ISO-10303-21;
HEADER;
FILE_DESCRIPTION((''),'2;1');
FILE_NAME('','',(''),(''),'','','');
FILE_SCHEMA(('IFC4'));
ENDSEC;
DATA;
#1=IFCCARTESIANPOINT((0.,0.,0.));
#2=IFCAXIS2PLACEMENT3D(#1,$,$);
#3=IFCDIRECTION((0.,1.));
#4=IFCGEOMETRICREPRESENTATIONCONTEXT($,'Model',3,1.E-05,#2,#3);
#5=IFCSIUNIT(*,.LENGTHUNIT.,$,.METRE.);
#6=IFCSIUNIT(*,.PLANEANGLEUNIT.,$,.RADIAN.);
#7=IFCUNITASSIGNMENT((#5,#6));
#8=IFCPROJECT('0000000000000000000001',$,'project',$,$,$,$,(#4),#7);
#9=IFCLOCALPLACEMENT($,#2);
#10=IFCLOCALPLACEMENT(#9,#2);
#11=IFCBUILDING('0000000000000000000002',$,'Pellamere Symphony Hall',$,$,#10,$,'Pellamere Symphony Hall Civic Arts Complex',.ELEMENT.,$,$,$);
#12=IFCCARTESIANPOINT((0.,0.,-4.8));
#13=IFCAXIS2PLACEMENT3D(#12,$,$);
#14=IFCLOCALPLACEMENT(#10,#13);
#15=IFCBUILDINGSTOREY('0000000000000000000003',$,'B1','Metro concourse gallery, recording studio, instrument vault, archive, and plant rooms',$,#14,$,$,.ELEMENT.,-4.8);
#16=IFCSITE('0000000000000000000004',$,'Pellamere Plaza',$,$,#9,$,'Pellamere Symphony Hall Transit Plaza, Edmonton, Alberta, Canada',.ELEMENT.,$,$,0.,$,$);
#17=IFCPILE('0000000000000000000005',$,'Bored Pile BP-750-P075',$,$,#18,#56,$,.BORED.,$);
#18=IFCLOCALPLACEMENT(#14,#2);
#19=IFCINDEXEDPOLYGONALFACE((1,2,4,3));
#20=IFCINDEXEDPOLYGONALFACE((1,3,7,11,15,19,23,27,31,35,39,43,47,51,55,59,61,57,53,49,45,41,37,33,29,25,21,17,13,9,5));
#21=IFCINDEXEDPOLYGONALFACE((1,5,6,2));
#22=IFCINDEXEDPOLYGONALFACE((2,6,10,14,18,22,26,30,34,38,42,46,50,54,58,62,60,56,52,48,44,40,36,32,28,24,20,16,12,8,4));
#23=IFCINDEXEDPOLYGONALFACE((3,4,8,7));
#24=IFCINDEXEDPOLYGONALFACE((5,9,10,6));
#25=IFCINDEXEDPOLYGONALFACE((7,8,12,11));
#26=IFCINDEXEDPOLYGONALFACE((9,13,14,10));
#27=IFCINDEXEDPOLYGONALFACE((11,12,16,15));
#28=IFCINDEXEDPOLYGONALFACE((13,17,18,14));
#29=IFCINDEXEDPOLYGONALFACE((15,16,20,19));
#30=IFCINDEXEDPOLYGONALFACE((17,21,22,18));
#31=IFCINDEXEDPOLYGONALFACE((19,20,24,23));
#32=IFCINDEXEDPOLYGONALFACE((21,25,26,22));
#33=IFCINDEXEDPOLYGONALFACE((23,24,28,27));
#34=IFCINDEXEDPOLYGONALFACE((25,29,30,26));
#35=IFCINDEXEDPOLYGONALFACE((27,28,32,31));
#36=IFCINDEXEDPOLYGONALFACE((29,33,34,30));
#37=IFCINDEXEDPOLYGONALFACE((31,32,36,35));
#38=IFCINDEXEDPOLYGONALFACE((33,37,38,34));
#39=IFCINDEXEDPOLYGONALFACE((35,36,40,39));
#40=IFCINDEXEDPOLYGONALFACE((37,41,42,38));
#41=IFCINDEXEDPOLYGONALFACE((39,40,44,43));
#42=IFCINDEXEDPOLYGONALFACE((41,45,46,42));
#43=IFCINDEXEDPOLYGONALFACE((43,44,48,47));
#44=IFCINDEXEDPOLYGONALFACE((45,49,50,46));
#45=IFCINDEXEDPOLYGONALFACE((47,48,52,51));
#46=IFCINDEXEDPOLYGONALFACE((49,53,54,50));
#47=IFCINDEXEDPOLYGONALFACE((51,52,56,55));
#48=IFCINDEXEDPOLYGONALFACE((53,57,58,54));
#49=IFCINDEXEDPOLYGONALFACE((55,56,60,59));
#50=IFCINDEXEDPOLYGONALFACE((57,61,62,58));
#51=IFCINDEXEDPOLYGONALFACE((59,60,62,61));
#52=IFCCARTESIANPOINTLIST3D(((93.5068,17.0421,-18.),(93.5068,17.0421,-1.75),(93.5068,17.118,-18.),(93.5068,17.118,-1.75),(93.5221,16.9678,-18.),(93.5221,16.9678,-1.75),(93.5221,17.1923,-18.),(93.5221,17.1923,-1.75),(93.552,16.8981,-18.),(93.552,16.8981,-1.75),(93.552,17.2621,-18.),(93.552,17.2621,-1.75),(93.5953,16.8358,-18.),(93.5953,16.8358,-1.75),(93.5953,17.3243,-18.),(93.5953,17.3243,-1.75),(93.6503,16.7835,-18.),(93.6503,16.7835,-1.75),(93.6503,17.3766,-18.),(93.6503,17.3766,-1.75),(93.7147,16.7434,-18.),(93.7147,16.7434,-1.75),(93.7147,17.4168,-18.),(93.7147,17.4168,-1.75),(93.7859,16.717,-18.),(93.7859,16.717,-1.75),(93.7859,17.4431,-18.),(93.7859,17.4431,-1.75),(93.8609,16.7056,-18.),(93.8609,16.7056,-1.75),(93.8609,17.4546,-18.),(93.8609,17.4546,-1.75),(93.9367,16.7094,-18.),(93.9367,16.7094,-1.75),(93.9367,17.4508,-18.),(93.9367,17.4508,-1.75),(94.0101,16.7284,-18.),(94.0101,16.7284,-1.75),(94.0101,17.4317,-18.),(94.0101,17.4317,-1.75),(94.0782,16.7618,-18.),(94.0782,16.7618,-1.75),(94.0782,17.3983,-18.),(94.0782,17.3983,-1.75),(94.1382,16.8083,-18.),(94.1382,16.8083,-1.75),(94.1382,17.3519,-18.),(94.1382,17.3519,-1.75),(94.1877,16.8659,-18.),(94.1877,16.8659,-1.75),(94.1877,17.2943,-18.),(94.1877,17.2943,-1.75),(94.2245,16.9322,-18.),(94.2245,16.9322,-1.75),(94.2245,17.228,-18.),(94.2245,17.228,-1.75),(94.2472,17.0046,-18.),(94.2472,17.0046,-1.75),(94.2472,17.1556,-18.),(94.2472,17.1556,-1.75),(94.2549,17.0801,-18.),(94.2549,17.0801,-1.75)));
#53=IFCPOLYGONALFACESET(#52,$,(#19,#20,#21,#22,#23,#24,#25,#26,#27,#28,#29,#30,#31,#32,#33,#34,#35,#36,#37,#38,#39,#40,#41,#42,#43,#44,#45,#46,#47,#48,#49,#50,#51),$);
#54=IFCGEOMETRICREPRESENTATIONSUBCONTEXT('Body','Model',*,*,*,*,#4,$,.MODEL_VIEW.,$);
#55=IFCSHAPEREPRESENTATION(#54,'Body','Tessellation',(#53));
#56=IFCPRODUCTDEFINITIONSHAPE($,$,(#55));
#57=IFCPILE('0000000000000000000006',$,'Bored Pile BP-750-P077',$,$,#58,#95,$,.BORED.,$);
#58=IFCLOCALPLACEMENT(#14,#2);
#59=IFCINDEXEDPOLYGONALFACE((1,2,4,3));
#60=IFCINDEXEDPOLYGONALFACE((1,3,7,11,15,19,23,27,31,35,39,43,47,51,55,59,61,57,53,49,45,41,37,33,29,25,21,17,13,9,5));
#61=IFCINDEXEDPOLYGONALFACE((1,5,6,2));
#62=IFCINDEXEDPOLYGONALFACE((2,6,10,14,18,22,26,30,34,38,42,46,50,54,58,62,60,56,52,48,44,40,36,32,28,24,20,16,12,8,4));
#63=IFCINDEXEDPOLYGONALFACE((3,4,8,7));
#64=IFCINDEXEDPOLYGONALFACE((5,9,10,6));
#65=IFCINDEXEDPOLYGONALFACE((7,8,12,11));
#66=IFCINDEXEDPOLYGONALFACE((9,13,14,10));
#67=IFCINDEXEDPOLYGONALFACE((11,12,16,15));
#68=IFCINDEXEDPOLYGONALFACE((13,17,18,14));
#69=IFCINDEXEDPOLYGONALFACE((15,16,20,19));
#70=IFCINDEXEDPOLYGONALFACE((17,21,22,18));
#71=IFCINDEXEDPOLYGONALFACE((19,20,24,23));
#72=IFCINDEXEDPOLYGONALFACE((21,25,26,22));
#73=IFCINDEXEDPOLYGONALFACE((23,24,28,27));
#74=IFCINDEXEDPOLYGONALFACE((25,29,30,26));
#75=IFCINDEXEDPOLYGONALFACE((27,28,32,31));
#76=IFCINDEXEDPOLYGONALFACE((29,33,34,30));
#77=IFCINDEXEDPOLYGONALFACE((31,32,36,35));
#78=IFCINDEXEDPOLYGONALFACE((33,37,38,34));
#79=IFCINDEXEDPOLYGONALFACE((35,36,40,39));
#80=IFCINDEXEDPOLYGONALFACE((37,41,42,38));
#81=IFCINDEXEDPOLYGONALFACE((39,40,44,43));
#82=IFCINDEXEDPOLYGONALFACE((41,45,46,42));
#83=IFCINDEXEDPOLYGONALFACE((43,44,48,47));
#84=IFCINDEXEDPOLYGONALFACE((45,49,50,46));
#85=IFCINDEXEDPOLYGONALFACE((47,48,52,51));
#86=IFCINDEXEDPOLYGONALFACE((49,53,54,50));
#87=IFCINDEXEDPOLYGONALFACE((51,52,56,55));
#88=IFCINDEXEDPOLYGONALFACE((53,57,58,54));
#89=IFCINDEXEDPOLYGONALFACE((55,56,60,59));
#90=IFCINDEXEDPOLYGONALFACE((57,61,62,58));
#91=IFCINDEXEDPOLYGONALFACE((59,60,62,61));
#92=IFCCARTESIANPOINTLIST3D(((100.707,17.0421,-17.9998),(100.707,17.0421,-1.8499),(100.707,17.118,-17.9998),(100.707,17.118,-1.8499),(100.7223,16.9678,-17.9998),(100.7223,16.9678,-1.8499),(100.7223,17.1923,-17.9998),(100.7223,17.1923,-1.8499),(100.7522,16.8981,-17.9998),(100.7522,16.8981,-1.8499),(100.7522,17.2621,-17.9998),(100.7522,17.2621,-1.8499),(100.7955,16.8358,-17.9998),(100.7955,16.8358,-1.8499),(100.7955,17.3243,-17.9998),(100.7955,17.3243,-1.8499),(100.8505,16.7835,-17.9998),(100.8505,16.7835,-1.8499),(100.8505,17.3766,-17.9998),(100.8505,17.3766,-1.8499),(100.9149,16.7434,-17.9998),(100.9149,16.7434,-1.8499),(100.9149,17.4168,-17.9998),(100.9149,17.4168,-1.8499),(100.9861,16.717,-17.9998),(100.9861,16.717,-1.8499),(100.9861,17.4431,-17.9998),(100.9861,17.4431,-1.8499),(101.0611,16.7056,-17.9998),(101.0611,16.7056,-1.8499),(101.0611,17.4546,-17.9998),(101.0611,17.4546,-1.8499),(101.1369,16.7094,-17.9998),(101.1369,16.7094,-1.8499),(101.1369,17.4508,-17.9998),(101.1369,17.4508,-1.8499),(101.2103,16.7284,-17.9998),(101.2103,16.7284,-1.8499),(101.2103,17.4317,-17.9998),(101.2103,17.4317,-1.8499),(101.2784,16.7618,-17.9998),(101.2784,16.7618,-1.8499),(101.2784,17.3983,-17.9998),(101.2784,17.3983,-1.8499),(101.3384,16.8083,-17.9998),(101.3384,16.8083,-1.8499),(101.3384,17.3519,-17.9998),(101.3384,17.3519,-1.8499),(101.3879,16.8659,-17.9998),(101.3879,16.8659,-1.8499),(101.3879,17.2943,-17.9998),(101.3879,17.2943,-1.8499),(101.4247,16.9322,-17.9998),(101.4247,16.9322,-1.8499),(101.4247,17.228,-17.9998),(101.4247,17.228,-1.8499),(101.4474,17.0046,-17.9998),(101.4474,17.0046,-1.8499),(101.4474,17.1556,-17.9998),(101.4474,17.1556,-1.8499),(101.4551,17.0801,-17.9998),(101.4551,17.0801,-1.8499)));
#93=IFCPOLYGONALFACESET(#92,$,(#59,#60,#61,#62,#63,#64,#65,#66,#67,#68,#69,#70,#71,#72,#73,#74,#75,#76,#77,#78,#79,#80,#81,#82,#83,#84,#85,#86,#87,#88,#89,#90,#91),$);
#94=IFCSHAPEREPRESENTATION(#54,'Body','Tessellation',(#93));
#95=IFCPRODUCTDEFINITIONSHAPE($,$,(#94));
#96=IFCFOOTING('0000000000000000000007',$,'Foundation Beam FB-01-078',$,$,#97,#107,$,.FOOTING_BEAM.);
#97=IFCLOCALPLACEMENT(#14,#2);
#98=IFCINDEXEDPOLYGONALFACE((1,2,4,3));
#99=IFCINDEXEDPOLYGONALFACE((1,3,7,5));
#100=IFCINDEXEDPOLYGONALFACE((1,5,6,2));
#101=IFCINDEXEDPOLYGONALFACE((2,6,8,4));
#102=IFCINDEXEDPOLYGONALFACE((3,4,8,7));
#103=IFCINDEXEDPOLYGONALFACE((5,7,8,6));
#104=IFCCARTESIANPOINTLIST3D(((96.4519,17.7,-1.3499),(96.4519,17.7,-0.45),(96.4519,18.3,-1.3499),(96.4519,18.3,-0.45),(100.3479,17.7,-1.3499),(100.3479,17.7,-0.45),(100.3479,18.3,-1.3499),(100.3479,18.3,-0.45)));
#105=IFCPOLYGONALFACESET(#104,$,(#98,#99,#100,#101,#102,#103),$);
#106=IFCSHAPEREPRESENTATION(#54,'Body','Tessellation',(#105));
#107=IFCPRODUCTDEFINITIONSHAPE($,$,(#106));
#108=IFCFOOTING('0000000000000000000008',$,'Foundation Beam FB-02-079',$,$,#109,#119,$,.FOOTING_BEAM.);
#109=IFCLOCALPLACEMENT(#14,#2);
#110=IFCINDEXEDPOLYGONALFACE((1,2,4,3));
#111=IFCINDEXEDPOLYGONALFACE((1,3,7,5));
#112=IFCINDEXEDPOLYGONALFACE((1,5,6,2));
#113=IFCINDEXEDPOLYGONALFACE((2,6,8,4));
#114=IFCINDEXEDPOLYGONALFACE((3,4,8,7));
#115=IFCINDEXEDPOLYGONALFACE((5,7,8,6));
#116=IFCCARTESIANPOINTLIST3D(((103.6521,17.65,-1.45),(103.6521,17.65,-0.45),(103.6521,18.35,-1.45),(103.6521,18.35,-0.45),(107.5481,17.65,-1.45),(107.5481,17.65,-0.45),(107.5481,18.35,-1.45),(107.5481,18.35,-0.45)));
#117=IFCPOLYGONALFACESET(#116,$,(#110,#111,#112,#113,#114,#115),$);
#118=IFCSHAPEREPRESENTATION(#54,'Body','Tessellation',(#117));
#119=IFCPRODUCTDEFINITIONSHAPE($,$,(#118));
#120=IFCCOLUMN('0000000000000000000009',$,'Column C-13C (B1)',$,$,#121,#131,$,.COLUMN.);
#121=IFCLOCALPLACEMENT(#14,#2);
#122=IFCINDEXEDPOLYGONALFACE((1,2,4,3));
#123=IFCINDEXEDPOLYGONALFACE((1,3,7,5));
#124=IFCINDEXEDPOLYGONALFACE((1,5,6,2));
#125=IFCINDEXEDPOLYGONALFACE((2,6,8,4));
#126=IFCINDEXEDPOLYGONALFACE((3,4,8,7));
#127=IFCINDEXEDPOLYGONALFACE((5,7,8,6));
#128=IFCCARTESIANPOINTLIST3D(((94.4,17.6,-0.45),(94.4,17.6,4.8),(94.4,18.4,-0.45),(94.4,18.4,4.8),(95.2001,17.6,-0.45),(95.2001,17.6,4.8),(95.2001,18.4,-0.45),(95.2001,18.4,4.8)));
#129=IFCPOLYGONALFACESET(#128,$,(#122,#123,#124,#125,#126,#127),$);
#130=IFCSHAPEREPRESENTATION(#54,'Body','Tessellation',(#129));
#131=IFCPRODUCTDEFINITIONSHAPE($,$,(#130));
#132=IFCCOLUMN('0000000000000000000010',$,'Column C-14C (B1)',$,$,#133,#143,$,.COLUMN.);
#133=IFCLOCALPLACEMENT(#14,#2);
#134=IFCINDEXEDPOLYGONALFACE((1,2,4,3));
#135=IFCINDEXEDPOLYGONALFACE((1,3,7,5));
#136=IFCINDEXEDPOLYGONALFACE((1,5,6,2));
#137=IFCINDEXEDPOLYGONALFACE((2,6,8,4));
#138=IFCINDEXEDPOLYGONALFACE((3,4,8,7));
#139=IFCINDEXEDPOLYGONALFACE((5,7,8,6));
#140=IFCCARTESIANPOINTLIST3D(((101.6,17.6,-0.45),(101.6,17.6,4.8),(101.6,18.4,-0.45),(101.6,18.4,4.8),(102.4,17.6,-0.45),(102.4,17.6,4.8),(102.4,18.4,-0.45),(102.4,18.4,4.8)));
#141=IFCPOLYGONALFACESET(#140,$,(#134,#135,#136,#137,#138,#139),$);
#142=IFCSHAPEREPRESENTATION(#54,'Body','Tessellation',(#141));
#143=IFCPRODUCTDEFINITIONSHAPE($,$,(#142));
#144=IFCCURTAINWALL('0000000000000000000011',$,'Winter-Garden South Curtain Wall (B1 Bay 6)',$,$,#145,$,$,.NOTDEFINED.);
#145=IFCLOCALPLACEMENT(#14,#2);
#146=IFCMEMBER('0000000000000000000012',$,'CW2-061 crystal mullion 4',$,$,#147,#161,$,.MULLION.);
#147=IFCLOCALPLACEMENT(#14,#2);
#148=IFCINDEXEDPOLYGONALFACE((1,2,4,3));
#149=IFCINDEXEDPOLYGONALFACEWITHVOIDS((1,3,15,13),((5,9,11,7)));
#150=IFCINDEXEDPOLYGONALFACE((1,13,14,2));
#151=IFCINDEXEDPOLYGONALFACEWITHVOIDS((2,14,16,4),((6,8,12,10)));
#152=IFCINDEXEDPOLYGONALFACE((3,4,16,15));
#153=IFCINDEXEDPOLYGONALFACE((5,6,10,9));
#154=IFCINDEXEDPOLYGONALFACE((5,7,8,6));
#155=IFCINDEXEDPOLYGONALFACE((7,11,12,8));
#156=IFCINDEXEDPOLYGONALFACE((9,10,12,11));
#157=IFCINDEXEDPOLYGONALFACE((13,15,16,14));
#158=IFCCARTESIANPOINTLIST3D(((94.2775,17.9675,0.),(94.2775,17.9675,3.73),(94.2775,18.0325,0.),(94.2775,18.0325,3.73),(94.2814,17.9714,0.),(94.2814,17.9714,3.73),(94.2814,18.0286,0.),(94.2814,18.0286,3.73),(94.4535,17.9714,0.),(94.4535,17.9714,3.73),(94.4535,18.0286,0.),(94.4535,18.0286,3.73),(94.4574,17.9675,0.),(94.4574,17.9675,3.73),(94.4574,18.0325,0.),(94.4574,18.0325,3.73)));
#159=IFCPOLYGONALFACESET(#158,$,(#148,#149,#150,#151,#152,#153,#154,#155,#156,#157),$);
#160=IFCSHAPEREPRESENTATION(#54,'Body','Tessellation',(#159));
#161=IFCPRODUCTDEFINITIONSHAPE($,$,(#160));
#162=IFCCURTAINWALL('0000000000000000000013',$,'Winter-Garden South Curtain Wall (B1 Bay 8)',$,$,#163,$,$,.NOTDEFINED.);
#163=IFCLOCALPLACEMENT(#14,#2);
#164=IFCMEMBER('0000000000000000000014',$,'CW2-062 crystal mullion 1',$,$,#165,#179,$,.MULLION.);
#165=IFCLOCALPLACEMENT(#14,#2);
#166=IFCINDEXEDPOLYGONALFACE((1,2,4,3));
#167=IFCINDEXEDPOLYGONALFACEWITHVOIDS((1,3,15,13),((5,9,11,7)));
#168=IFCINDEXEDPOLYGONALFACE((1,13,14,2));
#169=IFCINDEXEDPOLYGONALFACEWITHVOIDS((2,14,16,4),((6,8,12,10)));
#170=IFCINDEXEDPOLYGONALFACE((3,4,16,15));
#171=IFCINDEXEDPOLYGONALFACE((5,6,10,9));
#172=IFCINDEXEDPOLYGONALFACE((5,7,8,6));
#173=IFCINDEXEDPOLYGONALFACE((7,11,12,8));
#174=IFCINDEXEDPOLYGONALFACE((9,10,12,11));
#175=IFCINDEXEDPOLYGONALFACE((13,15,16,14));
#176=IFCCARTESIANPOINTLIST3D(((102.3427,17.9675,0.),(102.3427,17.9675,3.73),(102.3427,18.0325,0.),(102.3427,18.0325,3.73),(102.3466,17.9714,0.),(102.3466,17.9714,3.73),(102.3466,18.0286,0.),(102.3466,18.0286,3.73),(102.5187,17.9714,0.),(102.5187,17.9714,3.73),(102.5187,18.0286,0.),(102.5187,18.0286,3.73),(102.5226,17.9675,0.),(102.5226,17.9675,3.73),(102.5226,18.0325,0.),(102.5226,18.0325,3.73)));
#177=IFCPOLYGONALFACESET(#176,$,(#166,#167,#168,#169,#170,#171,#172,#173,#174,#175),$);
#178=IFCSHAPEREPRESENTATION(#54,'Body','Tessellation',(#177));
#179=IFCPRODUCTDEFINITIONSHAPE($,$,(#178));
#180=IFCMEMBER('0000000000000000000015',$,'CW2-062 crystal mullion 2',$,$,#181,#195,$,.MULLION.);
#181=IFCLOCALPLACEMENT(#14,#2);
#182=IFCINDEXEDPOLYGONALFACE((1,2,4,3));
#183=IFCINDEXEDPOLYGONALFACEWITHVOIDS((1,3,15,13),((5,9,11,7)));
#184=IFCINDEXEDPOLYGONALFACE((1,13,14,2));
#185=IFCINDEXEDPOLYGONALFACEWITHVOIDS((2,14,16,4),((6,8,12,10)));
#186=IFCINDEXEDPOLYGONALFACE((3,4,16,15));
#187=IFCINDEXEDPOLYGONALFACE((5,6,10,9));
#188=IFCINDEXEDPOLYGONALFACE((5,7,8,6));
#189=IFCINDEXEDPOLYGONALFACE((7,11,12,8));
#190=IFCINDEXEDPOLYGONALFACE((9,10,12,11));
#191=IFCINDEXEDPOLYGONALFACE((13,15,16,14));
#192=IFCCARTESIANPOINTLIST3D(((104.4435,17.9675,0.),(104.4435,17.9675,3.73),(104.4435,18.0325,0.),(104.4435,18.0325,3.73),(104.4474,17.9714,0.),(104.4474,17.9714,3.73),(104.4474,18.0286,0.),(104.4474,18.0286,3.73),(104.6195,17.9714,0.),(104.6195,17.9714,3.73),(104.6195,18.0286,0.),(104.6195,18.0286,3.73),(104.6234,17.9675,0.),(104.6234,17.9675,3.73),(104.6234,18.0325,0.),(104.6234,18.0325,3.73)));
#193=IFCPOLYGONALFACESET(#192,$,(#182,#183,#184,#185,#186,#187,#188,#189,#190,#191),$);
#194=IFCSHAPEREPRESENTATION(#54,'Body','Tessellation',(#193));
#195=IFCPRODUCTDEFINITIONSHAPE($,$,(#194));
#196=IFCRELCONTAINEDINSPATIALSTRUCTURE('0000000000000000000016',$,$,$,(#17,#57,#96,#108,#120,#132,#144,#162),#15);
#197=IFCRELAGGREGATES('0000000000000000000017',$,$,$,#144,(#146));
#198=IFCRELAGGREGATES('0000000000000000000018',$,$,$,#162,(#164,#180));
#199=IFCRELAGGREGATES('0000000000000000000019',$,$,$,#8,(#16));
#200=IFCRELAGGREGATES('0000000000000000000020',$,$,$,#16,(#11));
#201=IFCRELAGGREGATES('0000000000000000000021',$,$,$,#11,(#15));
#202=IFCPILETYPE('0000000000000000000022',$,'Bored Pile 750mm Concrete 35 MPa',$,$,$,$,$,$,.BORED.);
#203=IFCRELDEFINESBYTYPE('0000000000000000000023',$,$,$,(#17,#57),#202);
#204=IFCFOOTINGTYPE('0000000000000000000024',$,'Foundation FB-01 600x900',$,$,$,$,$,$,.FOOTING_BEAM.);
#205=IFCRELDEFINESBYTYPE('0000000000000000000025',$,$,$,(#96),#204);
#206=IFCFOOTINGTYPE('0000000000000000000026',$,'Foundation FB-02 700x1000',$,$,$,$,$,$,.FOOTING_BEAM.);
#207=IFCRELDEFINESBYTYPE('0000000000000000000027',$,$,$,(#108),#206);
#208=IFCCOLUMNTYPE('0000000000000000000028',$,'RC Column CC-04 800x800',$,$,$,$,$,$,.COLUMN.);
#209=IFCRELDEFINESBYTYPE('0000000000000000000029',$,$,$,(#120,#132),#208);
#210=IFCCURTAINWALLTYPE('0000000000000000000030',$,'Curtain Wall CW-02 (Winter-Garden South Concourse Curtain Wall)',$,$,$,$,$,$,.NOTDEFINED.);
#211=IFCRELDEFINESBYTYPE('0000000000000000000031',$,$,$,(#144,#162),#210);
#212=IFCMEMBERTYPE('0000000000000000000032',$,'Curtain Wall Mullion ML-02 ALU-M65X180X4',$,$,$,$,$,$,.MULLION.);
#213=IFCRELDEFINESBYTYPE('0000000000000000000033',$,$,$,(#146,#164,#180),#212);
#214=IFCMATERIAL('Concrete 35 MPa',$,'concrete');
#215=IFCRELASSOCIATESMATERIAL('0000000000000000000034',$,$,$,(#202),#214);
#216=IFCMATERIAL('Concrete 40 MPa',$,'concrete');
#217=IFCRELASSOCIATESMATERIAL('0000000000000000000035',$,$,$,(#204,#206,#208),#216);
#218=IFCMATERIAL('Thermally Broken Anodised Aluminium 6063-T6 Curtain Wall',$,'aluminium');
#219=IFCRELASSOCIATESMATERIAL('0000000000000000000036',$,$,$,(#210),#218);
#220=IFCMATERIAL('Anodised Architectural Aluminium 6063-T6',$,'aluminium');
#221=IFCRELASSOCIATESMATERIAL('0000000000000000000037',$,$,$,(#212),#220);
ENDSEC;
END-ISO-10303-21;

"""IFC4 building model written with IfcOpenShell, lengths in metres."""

from ifc_helpers import new_model, si_unit, direction, frame, origin, origin_2d, place, context, subcontext, project, spatial, rectangle, hollow_rectangle, circle, extrude, material, material_profile, profile_set, type_object, element, aggregate, save


model = new_model("IFC4")

# Units and contexts
model_context = context("Model", 3, precision=1e-05, world=origin(), true_north=direction((0.0, 1.0)))
body_context = subcontext(model_context, "Body", "Model", "MODEL_VIEW")
ifc_project = project(units=[si_unit("LENGTHUNIT", "METRE"), si_unit("PLANEANGLEUNIT", "RADIAN")], contexts=[model_context])

# Site, building, storey
site_placement = place(None, origin())
site = spatial("IfcSite", under=ifc_project, at=site_placement, Name="Pellamere Plaza", LongName="Pellamere Symphony Hall Transit Plaza, Edmonton, Alberta, Canada", CompositionType="ELEMENT", RefElevation=0.0)
building_placement = place(site_placement, origin())
building = spatial("IfcBuilding", under=site, at=building_placement, Name="Pellamere Symphony Hall", LongName="Pellamere Symphony Hall Civic Arts Complex", CompositionType="ELEMENT")
storey_placement = place(building_placement, frame((0.0, 0.0, -4.8)))
storey = spatial("IfcBuildingStorey", under=building, at=storey_placement, Name="B1", Description="Metro concourse gallery, recording studio, instrument vault, archive, and plant rooms", CompositionType="ELEMENT", Elevation=-4.8)

# Piles
ifc_material_1 = material(Name="Concrete 35 MPa", Category="concrete")
ifc_material_profile_1 = material_profile(ifc_material_1, circle(Radius=0.375, at=origin_2d()), Name="PILE D750")
ifc_profile_set_1 = profile_set([ifc_material_profile_1], Name="Concrete 35 MPa")
pile_type = type_object("IfcPileType", Name="Bored Pile 750mm Concrete 35 MPa", PredefinedType="BORED", material=ifc_profile_set_1)
pile_1_placement = place(storey_placement, frame((93.8799, 17.0801, -1.75), z_axis=(0.0, 0.0, -1.0), x_axis=(1.0, 0.0, 0.0)))
element("IfcPile", 1, at=pile_1_placement, inside=storey, type_object=pile_type, Name="Bored Pile BP-750-P075", PredefinedType="BORED", context=body_context, shape_type="SweptSolid", body=[
    extrude(circle(Radius=0.375, at=origin_2d()), origin(), (0.0, 0.0, 1.0), 16.25),
])
pile_2_placement = place(storey_placement, frame((101.0801, 17.0801, -1.8499), z_axis=(0.0, 0.0, -1.0), x_axis=(1.0, 0.0, 0.0)))
element("IfcPile", 2, at=pile_2_placement, inside=storey, type_object=pile_type, Name="Bored Pile BP-750-P077", PredefinedType="BORED", context=body_context, shape_type="SweptSolid", body=[
    extrude(circle(Radius=0.375, at=origin_2d()), origin(), (0.0, 0.0, 1.0), 16.1499),
])

# Footings
ifc_material_2 = material(Name="Concrete 40 MPa", Category="concrete")
ifc_material_profile_2 = material_profile(ifc_material_2, rectangle(XDim=0.6001, YDim=0.8999, at=origin_2d()), Name="RC 600x900")
ifc_profile_set_2 = profile_set([ifc_material_profile_2], Name="Concrete 40 MPa")
footing_type_1 = type_object("IfcFootingType", Name="Foundation FB-01 600x900", PredefinedType="FOOTING_BEAM", material=ifc_profile_set_2)
footing_1_placement = place(storey_placement, frame((96.4519, 18.0, -0.8999), z_axis=(1.0, 0.0, 0.0), x_axis=(0.0, 1.0, 0.0)))
element("IfcFooting", 3, at=footing_1_placement, inside=storey, type_object=footing_type_1, Name="Foundation Beam FB-01-078", PredefinedType="FOOTING_BEAM", context=body_context, shape_type="SweptSolid", body=[
    extrude(rectangle(XDim=0.6001, YDim=0.8999, at=origin_2d()), origin(), (0.0, 0.0, 1.0), 3.896),
])
ifc_material_profile_3 = material_profile(ifc_material_2, rectangle(XDim=0.7, YDim=1.0, at=origin_2d()), Name="RC 700x1000")
ifc_profile_set_3 = profile_set([ifc_material_profile_3], Name="Concrete 40 MPa")
footing_type_2 = type_object("IfcFootingType", Name="Foundation FB-02 700x1000", PredefinedType="FOOTING_BEAM", material=ifc_profile_set_3)
footing_2_placement = place(storey_placement, frame((103.6521, 18.0, -0.95), z_axis=(1.0, 0.0, 0.0), x_axis=(0.0, 1.0, 0.0)))
element("IfcFooting", 4, at=footing_2_placement, inside=storey, type_object=footing_type_2, Name="Foundation Beam FB-02-079", PredefinedType="FOOTING_BEAM", context=body_context, shape_type="SweptSolid", body=[
    extrude(rectangle(XDim=0.7, YDim=1.0, at=origin_2d()), origin(), (0.0, 0.0, 1.0), 3.896),
])

# Columns
ifc_material_profile_4 = material_profile(ifc_material_2, rectangle(XDim=0.8, YDim=0.8, at=origin_2d()), Name="RC 800x800")
ifc_profile_set_4 = profile_set([ifc_material_profile_4], Name="Concrete 40 MPa")
column_type = type_object("IfcColumnType", Name="RC Column CC-04 800x800", PredefinedType="COLUMN", material=ifc_profile_set_4)
for number, where, z_axis, x_axis, name in (
    (5, (94.8, 18.0, -0.45), (0.0, 0.0, 1.0), (1.0, 0.0, 0.0), "Column C-13C (B1)"),
    (6, (102.0, 18.0, -0.45), (0.0, 0.0, 1.0), (1.0, 0.0, 0.0), "Column C-14C (B1)"),
):
    element("IfcColumn", number, at=place(storey_placement, frame(where, z_axis=z_axis, x_axis=x_axis)), inside=storey, type_object=column_type, Name=name, PredefinedType="COLUMN", context=body_context, shape_type="SweptSolid", body=[
        extrude(rectangle(XDim=0.8, YDim=0.8, at=origin_2d()), origin(), (0.0, 0.0, 1.0), 5.25),
    ])

# Curtain wall, member
ifc_material_3 = material(Name="Thermally Broken Anodised Aluminium 6063-T6 Curtain Wall", Category="aluminium")
curtain_wall_type = type_object("IfcCurtainWallType", Name="Curtain Wall CW-02 (Winter-Garden South Concourse Curtain Wall)", PredefinedType="NOTDEFINED", material=ifc_material_3)
curtain_wall_1_placement = place(storey_placement, origin())
curtain_wall_1 = element("IfcCurtainWall", 7, at=curtain_wall_1_placement, inside=storey, type_object=curtain_wall_type, Name="Winter-Garden South Curtain Wall (B1 Bay 6)", PredefinedType="NOTDEFINED")
ifc_material_4 = material(Name="Anodised Architectural Aluminium 6063-T6", Category="aluminium")
ifc_material_profile_5 = material_profile(ifc_material_4, hollow_rectangle(XDim=0.0649, YDim=0.1799, WallThickness=0.0039, at=origin_2d()), Name="ALU-M65X180X4")
ifc_profile_set_5 = profile_set([ifc_material_profile_5], Name="Anodised Architectural Aluminium 6063-T6")
member_type_1 = type_object("IfcMemberType", Name="Curtain Wall Mullion ML-02 ALU-M65X180X4", PredefinedType="MULLION", material=ifc_profile_set_5)
member_1_placement = place(storey_placement, frame((94.3674, 18.0, 0.0), z_axis=(0.0, 0.0, 1.0), x_axis=(0.0, 1.0, 0.0)))
member_1 = element("IfcMember", 8, at=member_1_placement, type_object=member_type_1, Name="CW2-061 crystal mullion 4", PredefinedType="MULLION", context=body_context, shape_type="SweptSolid", body=[
    extrude(hollow_rectangle(XDim=0.0649, YDim=0.1799, WallThickness=0.0039, at=origin_2d()), origin(), (0.0, 0.0, 1.0), 3.73),
])
aggregate(curtain_wall_1, [member_1])

# Curtain wall, members
curtain_wall_2_placement = place(storey_placement, origin())
curtain_wall_2 = element("IfcCurtainWall", 9, at=curtain_wall_2_placement, inside=storey, type_object=curtain_wall_type, Name="Winter-Garden South Curtain Wall (B1 Bay 8)", PredefinedType="NOTDEFINED")
member_2_placement = place(storey_placement, frame((102.4326, 18.0, 0.0), z_axis=(0.0, 0.0, 1.0), x_axis=(0.0, 1.0, 0.0)))
member_2 = element("IfcMember", 10, at=member_2_placement, type_object=member_type_1, Name="CW2-062 crystal mullion 1", PredefinedType="MULLION", context=body_context, shape_type="SweptSolid", body=[
    extrude(hollow_rectangle(XDim=0.0649, YDim=0.1799, WallThickness=0.0039, at=origin_2d()), origin(), (0.0, 0.0, 1.0), 3.73),
])
member_3_placement = place(storey_placement, frame((104.5334, 18.0, 0.0), z_axis=(0.0, 0.0, 1.0), x_axis=(0.0, 1.0, 0.0)))
member_3 = element("IfcMember", 11, at=member_3_placement, type_object=member_type_1, Name="CW2-062 crystal mullion 2", PredefinedType="MULLION", context=body_context, shape_type="SweptSolid", body=[
    extrude(hollow_rectangle(XDim=0.0649, YDim=0.1799, WallThickness=0.0039, at=origin_2d()), origin(), (0.0, 0.0, 1.0), 3.73),
])
aggregate(curtain_wall_2, [member_2, member_3])

save(model, "model.ifc")
